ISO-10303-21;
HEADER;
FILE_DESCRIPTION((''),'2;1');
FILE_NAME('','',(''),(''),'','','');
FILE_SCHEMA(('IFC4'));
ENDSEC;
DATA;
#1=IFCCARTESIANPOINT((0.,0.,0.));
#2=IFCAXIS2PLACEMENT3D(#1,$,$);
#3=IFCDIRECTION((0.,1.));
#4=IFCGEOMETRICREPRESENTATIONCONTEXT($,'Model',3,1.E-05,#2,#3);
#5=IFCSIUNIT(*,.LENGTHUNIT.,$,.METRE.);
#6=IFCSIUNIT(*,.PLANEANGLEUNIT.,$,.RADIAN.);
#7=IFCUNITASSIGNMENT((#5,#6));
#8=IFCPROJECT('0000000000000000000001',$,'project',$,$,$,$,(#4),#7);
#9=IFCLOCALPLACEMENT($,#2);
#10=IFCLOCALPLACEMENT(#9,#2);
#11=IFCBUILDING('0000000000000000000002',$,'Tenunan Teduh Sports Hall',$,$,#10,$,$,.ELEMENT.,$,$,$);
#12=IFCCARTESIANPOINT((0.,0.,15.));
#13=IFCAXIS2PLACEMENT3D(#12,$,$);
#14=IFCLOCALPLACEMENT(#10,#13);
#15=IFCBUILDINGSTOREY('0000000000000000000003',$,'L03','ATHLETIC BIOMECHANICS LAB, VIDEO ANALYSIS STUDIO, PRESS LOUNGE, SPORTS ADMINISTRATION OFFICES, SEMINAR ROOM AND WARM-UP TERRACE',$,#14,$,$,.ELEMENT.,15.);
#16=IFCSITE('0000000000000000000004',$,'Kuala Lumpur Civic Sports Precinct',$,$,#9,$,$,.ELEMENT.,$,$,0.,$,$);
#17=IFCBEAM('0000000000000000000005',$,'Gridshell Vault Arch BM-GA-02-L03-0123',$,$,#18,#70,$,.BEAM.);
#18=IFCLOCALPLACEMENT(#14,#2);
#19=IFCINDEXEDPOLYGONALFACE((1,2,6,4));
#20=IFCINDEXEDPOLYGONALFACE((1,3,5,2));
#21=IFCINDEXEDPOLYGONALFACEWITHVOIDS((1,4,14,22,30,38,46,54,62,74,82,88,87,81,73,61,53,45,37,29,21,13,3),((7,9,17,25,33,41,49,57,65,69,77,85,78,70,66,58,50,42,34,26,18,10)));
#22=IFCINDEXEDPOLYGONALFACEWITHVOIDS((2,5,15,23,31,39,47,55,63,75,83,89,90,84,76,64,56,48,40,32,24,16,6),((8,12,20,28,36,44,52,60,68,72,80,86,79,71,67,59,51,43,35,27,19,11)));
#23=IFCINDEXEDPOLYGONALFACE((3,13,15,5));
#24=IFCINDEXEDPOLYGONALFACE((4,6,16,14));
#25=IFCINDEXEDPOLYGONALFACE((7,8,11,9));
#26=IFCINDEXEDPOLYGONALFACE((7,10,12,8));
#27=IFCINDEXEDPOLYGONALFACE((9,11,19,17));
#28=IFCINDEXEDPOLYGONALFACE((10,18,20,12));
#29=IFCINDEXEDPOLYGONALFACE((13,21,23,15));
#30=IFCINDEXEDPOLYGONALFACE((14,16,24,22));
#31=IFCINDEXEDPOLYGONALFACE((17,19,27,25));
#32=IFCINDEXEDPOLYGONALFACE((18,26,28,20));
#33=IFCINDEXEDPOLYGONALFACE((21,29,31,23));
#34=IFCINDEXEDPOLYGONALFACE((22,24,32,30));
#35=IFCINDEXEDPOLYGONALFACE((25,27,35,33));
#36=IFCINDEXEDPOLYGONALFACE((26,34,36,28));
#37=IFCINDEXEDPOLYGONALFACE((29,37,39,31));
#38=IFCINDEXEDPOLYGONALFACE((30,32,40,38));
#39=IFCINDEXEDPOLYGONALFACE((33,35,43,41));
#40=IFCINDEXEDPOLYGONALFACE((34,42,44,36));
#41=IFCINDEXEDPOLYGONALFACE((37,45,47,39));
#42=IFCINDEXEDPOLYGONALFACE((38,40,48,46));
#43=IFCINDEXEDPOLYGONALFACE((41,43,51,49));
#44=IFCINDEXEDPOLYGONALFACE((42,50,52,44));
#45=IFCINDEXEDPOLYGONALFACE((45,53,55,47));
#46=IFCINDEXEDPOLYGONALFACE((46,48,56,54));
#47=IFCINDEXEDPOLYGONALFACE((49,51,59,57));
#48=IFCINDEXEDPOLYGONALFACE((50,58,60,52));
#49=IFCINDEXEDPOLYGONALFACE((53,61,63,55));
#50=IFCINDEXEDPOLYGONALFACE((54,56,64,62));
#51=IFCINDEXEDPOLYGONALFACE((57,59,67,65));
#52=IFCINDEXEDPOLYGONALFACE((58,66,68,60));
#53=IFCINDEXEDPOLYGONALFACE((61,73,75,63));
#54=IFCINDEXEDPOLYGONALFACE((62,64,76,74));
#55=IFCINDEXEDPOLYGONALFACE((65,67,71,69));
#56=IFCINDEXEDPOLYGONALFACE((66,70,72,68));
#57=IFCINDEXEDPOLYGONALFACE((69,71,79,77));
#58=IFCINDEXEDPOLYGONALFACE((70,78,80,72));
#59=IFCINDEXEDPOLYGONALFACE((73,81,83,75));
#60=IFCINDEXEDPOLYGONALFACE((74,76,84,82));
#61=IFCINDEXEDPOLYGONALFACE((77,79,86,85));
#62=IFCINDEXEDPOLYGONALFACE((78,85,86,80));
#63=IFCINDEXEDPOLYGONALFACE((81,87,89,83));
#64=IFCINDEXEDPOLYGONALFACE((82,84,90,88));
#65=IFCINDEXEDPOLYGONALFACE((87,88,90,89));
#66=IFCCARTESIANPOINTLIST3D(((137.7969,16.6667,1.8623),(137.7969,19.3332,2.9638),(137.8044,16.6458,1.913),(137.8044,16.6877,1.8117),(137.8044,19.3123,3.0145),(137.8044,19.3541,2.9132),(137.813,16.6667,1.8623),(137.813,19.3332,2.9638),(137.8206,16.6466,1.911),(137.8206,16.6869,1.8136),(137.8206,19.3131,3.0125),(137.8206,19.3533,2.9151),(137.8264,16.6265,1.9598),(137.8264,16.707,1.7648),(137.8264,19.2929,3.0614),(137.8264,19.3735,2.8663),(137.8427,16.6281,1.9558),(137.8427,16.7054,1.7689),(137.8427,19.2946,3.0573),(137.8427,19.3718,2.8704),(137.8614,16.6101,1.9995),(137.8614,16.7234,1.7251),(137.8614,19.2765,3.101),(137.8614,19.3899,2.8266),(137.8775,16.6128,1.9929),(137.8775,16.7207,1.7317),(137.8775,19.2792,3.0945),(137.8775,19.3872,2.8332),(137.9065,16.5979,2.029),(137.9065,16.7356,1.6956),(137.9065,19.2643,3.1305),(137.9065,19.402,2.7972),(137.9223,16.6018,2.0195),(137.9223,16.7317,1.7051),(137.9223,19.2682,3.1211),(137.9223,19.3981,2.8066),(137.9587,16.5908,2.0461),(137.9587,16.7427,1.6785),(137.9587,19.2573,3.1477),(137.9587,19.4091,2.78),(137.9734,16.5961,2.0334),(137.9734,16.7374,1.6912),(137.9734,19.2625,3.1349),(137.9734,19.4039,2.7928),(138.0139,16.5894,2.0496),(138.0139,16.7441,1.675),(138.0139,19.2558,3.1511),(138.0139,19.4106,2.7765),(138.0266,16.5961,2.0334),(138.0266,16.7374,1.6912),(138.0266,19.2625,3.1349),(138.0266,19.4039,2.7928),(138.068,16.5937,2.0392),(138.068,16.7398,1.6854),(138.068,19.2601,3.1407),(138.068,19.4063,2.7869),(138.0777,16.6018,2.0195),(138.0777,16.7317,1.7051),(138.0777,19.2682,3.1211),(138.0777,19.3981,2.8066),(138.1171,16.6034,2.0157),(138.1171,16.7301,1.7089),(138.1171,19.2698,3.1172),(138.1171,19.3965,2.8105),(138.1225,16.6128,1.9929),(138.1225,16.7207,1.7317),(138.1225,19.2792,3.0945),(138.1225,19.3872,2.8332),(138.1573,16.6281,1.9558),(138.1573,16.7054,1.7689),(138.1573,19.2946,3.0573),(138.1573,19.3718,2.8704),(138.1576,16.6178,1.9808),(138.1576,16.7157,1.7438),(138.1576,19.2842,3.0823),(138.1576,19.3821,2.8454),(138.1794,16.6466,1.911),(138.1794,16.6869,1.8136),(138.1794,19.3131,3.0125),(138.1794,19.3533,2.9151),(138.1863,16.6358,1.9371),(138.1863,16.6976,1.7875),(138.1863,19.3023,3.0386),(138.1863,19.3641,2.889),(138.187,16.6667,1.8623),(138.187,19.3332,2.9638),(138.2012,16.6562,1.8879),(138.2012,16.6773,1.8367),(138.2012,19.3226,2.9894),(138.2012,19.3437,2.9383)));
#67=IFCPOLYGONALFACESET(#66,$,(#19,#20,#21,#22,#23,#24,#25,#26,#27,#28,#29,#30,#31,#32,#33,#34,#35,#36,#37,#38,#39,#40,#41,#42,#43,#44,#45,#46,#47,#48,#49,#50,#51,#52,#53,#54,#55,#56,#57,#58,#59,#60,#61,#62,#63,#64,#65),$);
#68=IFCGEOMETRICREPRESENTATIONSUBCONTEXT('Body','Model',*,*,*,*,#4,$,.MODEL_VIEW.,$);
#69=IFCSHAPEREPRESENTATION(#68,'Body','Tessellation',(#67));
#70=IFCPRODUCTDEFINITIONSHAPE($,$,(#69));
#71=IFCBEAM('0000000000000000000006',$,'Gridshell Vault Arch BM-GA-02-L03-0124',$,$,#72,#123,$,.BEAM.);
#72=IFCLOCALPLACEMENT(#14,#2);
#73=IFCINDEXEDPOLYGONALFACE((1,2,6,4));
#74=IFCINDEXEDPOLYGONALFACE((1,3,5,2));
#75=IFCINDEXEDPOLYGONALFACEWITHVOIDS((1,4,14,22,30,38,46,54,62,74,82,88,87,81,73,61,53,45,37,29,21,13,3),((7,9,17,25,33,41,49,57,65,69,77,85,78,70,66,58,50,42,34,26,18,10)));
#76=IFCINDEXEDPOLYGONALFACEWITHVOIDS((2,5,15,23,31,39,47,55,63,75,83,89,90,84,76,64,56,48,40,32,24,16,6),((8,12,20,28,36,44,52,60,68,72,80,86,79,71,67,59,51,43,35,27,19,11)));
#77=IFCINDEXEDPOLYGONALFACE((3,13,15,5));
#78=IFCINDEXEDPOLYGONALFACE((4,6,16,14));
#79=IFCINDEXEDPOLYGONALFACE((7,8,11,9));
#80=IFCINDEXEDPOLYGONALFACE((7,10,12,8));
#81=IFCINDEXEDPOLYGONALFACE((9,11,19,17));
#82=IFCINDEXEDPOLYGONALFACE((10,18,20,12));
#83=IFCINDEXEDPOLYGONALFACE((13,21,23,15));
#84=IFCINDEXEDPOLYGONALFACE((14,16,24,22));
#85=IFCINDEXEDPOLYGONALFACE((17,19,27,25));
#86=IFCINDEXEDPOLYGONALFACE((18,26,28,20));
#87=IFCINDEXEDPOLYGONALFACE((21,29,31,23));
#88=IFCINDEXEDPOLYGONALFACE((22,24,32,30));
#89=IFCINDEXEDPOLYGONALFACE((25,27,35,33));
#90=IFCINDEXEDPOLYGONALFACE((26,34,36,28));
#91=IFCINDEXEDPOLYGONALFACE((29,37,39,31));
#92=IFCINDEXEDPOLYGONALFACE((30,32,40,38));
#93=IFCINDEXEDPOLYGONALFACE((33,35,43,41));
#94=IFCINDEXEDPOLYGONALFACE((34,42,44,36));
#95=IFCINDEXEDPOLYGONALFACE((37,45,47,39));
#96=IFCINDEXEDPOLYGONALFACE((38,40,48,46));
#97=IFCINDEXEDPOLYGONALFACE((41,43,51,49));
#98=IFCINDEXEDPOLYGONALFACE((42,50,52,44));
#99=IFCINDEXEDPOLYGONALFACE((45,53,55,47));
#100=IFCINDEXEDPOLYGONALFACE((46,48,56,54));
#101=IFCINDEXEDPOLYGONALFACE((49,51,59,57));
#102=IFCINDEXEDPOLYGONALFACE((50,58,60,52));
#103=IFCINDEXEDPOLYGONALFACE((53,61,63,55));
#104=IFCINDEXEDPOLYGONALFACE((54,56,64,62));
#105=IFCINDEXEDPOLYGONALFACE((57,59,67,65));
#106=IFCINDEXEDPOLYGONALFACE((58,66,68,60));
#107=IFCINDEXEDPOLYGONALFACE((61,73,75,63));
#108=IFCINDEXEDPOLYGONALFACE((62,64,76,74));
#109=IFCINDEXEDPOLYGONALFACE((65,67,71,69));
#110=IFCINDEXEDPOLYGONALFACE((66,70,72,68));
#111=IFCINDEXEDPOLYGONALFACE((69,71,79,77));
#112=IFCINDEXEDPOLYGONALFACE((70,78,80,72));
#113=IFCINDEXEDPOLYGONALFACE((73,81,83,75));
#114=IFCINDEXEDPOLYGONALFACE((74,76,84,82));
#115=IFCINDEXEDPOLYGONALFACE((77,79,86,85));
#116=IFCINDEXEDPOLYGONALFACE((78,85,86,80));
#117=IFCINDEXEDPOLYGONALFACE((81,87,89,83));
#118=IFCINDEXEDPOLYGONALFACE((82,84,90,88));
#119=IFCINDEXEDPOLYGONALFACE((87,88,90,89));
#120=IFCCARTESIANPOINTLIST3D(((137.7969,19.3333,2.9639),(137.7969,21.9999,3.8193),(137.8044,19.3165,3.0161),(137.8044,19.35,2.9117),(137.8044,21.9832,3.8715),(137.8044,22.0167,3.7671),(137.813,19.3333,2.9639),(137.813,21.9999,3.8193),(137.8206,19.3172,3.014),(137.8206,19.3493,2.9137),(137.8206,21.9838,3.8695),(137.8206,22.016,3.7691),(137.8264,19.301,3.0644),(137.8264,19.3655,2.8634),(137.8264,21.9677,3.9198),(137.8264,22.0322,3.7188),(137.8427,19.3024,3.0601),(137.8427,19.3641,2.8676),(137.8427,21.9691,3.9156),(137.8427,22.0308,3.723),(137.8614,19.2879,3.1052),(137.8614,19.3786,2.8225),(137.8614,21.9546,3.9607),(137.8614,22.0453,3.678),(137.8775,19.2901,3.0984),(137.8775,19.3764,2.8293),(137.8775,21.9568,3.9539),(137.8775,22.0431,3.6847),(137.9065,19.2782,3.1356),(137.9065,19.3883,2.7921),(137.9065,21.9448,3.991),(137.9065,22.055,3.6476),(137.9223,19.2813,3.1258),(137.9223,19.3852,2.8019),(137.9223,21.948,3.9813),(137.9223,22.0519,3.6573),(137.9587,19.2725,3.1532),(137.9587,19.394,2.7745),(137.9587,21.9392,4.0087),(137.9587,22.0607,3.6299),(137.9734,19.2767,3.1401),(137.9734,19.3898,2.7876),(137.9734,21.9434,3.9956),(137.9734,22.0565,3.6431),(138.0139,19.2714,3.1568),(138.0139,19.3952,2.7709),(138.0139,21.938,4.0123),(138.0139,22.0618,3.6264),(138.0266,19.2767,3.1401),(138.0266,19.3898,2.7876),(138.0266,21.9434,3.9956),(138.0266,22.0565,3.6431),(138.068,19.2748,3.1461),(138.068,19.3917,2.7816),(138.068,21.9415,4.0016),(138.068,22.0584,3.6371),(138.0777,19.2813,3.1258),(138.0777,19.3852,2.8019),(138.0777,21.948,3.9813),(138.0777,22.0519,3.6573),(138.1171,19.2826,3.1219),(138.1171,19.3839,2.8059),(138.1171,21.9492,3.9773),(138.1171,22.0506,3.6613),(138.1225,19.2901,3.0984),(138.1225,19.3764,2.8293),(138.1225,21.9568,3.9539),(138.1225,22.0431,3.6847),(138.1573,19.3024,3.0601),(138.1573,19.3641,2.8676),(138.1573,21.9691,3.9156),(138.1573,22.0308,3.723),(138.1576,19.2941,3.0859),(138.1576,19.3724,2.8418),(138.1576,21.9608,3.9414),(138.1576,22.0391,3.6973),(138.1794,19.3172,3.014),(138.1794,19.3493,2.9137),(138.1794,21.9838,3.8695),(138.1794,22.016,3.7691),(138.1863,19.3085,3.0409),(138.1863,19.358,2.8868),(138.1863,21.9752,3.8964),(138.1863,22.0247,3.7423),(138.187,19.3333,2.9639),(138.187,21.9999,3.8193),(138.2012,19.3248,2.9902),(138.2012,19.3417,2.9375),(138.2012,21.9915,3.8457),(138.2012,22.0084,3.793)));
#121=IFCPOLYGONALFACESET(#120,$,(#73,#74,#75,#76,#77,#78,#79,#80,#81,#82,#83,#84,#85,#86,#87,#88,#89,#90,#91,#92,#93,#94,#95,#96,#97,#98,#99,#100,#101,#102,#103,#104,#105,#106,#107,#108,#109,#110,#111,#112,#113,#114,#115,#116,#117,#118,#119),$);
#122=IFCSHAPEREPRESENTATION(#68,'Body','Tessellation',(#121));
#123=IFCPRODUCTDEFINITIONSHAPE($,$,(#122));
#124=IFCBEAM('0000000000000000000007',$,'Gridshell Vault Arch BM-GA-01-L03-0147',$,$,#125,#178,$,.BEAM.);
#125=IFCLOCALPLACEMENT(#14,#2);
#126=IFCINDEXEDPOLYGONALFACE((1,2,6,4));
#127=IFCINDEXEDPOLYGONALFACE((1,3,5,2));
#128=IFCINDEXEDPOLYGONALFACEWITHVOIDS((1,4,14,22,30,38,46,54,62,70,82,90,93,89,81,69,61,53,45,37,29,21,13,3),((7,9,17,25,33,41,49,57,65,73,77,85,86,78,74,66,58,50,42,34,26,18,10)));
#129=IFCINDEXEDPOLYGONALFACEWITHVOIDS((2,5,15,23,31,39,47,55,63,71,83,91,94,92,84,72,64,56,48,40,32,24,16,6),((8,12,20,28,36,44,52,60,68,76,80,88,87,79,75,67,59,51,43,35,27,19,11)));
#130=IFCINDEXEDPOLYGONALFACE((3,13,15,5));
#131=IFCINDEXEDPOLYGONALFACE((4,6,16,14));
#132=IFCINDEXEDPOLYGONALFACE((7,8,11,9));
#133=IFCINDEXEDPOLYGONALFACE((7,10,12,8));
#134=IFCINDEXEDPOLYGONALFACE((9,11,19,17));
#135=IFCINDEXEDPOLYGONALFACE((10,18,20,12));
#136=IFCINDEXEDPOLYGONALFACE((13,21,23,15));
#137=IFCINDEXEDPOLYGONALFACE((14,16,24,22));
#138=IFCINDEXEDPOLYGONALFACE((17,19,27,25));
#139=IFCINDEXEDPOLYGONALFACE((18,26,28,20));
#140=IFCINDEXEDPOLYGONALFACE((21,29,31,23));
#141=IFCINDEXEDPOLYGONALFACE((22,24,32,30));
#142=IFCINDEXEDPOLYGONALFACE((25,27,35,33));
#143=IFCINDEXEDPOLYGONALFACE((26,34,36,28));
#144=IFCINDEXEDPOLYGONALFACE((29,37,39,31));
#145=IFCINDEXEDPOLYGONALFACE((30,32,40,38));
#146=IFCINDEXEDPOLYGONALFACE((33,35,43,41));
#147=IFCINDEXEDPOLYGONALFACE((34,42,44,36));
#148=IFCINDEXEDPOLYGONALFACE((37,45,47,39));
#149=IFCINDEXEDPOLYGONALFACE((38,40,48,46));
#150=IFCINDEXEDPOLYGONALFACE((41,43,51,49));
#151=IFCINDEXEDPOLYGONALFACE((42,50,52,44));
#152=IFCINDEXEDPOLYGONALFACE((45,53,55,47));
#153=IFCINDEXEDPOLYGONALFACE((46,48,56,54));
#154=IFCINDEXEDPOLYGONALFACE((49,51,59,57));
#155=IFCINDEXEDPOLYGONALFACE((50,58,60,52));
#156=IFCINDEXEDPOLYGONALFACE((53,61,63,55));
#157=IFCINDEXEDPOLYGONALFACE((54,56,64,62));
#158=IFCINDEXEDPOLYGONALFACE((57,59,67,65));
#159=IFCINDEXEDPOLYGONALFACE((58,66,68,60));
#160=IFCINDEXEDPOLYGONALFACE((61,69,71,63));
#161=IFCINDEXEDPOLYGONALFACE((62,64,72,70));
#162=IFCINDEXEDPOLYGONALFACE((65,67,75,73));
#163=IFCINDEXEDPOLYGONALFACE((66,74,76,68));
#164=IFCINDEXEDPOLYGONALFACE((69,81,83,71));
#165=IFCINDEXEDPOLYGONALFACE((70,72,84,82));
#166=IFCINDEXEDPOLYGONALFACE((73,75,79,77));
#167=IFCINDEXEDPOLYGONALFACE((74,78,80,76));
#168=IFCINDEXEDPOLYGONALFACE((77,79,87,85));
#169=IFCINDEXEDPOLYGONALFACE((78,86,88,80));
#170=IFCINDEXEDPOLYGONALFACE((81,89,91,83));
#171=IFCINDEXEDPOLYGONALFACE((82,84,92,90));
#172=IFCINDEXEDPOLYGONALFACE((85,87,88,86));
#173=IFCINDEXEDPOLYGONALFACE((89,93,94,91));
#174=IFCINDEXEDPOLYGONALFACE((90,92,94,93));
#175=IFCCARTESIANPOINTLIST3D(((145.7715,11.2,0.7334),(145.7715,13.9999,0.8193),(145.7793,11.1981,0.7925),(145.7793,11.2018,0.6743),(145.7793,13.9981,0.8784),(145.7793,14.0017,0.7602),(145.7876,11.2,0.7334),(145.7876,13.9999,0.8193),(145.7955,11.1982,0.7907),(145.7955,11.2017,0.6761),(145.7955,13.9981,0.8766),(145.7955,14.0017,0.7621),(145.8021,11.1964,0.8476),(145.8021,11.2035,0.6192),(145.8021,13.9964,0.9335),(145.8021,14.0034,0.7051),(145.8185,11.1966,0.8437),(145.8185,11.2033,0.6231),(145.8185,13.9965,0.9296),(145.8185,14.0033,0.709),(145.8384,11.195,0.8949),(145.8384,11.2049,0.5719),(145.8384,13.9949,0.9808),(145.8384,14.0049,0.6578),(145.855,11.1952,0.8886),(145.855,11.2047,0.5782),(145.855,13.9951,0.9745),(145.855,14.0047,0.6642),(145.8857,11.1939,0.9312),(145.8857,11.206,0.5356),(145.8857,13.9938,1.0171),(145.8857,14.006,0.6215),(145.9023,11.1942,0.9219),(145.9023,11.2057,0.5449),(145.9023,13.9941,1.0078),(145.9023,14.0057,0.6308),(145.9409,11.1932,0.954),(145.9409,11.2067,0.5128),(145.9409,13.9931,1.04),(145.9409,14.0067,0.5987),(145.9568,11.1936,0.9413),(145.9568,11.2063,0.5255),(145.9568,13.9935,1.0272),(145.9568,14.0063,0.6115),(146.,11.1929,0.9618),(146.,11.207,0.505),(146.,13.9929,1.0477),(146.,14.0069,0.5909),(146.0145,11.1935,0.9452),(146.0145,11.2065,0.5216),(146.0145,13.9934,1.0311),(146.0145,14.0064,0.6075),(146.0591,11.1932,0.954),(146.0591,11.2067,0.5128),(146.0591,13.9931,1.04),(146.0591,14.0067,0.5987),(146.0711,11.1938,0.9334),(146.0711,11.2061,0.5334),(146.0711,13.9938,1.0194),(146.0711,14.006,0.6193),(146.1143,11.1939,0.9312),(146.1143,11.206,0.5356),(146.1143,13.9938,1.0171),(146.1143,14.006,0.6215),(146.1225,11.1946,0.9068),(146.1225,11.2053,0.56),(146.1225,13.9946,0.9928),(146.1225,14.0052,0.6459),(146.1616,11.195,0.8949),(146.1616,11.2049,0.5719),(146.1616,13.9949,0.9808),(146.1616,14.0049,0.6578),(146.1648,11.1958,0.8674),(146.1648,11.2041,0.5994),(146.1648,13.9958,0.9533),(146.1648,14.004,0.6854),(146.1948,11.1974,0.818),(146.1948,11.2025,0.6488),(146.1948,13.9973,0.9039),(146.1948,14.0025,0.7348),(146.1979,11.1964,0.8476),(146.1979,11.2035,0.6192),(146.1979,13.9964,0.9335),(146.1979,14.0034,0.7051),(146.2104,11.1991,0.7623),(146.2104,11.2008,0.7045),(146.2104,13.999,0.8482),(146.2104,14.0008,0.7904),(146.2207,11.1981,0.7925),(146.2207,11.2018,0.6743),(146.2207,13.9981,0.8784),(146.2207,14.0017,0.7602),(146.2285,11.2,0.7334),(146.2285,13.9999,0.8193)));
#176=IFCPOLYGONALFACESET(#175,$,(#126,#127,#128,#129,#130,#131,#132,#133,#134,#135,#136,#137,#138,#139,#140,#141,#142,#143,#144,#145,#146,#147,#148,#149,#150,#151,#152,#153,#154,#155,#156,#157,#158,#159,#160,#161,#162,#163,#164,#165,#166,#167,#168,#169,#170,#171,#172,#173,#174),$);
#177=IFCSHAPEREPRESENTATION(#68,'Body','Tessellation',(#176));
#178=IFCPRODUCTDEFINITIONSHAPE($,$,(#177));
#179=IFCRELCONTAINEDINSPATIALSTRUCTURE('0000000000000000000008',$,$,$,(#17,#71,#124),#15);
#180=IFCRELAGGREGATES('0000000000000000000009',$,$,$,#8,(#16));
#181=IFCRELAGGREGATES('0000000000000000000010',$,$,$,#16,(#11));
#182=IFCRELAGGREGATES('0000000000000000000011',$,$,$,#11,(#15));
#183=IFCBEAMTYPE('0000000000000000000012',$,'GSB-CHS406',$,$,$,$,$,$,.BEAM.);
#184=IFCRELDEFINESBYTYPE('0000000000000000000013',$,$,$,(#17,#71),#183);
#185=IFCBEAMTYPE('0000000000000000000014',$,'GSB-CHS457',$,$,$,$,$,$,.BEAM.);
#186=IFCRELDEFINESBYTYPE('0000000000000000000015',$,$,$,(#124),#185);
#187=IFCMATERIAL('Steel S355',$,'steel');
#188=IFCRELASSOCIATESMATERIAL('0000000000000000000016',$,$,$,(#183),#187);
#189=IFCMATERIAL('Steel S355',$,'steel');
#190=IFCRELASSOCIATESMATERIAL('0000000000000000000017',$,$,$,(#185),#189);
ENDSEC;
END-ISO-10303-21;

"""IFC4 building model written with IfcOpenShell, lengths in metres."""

from ifc_helpers import new_model, si_unit, direction, frame, origin, origin_2d, place, context, subcontext, project, spatial, hollow_circle, extrude, material, material_profile, profile_set, type_object, element, save


model = new_model("IFC4")

# Units and contexts
model_context = context("Model", 3, precision=1e-05, world=origin(), true_north=direction((0.0, 1.0)))
body_context = subcontext(model_context, "Body", "Model", "MODEL_VIEW")
ifc_project = project(units=[si_unit("LENGTHUNIT", "METRE"), si_unit("PLANEANGLEUNIT", "RADIAN")], contexts=[model_context])

# Site, building, storey
site_placement = place(None, origin())
site = spatial("IfcSite", under=ifc_project, at=site_placement, Name="Kuala Lumpur Civic Sports Precinct", CompositionType="ELEMENT", RefElevation=0.0)
building_placement = place(site_placement, origin())
building = spatial("IfcBuilding", under=site, at=building_placement, Name="Tenunan Teduh Sports Hall", CompositionType="ELEMENT")
storey_placement = place(building_placement, frame((0.0, 0.0, 15.0)))
storey = spatial("IfcBuildingStorey", under=building, at=storey_placement, Name="L03", Description="ATHLETIC BIOMECHANICS LAB, VIDEO ANALYSIS STUDIO, PRESS LOUNGE, SPORTS ADMINISTRATION OFFICES, SEMINAR ROOM AND WARM-UP TERRACE", CompositionType="ELEMENT", Elevation=15.0)

# Beams
ifc_material_1 = material(Name="Steel S355", Category="steel")
ifc_material_profile_1 = material_profile(ifc_material_1, hollow_circle(Radius=0.2031, WallThickness=0.0161, at=origin_2d()), Name="CHS 406.4x16.0")
ifc_profile_set_1 = profile_set([ifc_material_profile_1], Name="Steel S355")
beam_type_1 = type_object("IfcBeamType", Name="GSB-CHS406", PredefinedType="BEAM", material=ifc_profile_set_1)
beam_1_placement = place(storey_placement, frame((138.0, 16.6667, 1.8623), z_axis=(0.0, 0.924239, 0.381814), x_axis=(-1.0, 0.0, 0.0)))
element("IfcBeam", 1, at=beam_1_placement, inside=storey, type_object=beam_type_1, Name="Gridshell Vault Arch BM-GA-02-L03-0123", PredefinedType="BEAM", context=body_context, shape_type="SweptSolid", body=[
    extrude(hollow_circle(Radius=0.2031, WallThickness=0.0161, at=origin_2d()), origin(), (0.0, 0.0, 1.0), 2.885),
])
beam_2_placement = place(storey_placement, frame((138.0, 19.3333, 2.9639), z_axis=(0.0, 0.952205, 0.305459), x_axis=(-1.0, 0.0, 0.0)))
element("IfcBeam", 2, at=beam_2_placement, inside=storey, type_object=beam_type_1, Name="Gridshell Vault Arch BM-GA-02-L03-0124", PredefinedType="BEAM", context=body_context, shape_type="SweptSolid", body=[
    extrude(hollow_circle(Radius=0.2031, WallThickness=0.0161, at=origin_2d()), origin(), (0.0, 0.0, 1.0), 2.8005),
])
ifc_material_2 = material(Name="Steel S355", Category="steel")
ifc_material_profile_2 = material_profile(ifc_material_2, hollow_circle(Radius=0.2285, WallThickness=0.0161, at=origin_2d()), Name="CHS 457.0x16.0")
ifc_profile_set_2 = profile_set([ifc_material_profile_2], Name="Steel S355")
beam_type_2 = type_object("IfcBeamType", Name="GSB-CHS457", PredefinedType="BEAM", material=ifc_profile_set_2)
beam_3_placement = place(storey_placement, frame((146.0, 11.2, 0.7334), z_axis=(0.0, 0.999529, 0.030677), x_axis=(-1.0, 0.0, 0.0)))
element("IfcBeam", 3, at=beam_3_placement, inside=storey, type_object=beam_type_2, Name="Gridshell Vault Arch BM-GA-01-L03-0147", PredefinedType="BEAM", context=body_context, shape_type="SweptSolid", body=[
    extrude(hollow_circle(Radius=0.2285, WallThickness=0.0161, at=origin_2d()), origin(), (0.0, 0.0, 1.0), 2.8013),
])

save(model, "model.ifc")
